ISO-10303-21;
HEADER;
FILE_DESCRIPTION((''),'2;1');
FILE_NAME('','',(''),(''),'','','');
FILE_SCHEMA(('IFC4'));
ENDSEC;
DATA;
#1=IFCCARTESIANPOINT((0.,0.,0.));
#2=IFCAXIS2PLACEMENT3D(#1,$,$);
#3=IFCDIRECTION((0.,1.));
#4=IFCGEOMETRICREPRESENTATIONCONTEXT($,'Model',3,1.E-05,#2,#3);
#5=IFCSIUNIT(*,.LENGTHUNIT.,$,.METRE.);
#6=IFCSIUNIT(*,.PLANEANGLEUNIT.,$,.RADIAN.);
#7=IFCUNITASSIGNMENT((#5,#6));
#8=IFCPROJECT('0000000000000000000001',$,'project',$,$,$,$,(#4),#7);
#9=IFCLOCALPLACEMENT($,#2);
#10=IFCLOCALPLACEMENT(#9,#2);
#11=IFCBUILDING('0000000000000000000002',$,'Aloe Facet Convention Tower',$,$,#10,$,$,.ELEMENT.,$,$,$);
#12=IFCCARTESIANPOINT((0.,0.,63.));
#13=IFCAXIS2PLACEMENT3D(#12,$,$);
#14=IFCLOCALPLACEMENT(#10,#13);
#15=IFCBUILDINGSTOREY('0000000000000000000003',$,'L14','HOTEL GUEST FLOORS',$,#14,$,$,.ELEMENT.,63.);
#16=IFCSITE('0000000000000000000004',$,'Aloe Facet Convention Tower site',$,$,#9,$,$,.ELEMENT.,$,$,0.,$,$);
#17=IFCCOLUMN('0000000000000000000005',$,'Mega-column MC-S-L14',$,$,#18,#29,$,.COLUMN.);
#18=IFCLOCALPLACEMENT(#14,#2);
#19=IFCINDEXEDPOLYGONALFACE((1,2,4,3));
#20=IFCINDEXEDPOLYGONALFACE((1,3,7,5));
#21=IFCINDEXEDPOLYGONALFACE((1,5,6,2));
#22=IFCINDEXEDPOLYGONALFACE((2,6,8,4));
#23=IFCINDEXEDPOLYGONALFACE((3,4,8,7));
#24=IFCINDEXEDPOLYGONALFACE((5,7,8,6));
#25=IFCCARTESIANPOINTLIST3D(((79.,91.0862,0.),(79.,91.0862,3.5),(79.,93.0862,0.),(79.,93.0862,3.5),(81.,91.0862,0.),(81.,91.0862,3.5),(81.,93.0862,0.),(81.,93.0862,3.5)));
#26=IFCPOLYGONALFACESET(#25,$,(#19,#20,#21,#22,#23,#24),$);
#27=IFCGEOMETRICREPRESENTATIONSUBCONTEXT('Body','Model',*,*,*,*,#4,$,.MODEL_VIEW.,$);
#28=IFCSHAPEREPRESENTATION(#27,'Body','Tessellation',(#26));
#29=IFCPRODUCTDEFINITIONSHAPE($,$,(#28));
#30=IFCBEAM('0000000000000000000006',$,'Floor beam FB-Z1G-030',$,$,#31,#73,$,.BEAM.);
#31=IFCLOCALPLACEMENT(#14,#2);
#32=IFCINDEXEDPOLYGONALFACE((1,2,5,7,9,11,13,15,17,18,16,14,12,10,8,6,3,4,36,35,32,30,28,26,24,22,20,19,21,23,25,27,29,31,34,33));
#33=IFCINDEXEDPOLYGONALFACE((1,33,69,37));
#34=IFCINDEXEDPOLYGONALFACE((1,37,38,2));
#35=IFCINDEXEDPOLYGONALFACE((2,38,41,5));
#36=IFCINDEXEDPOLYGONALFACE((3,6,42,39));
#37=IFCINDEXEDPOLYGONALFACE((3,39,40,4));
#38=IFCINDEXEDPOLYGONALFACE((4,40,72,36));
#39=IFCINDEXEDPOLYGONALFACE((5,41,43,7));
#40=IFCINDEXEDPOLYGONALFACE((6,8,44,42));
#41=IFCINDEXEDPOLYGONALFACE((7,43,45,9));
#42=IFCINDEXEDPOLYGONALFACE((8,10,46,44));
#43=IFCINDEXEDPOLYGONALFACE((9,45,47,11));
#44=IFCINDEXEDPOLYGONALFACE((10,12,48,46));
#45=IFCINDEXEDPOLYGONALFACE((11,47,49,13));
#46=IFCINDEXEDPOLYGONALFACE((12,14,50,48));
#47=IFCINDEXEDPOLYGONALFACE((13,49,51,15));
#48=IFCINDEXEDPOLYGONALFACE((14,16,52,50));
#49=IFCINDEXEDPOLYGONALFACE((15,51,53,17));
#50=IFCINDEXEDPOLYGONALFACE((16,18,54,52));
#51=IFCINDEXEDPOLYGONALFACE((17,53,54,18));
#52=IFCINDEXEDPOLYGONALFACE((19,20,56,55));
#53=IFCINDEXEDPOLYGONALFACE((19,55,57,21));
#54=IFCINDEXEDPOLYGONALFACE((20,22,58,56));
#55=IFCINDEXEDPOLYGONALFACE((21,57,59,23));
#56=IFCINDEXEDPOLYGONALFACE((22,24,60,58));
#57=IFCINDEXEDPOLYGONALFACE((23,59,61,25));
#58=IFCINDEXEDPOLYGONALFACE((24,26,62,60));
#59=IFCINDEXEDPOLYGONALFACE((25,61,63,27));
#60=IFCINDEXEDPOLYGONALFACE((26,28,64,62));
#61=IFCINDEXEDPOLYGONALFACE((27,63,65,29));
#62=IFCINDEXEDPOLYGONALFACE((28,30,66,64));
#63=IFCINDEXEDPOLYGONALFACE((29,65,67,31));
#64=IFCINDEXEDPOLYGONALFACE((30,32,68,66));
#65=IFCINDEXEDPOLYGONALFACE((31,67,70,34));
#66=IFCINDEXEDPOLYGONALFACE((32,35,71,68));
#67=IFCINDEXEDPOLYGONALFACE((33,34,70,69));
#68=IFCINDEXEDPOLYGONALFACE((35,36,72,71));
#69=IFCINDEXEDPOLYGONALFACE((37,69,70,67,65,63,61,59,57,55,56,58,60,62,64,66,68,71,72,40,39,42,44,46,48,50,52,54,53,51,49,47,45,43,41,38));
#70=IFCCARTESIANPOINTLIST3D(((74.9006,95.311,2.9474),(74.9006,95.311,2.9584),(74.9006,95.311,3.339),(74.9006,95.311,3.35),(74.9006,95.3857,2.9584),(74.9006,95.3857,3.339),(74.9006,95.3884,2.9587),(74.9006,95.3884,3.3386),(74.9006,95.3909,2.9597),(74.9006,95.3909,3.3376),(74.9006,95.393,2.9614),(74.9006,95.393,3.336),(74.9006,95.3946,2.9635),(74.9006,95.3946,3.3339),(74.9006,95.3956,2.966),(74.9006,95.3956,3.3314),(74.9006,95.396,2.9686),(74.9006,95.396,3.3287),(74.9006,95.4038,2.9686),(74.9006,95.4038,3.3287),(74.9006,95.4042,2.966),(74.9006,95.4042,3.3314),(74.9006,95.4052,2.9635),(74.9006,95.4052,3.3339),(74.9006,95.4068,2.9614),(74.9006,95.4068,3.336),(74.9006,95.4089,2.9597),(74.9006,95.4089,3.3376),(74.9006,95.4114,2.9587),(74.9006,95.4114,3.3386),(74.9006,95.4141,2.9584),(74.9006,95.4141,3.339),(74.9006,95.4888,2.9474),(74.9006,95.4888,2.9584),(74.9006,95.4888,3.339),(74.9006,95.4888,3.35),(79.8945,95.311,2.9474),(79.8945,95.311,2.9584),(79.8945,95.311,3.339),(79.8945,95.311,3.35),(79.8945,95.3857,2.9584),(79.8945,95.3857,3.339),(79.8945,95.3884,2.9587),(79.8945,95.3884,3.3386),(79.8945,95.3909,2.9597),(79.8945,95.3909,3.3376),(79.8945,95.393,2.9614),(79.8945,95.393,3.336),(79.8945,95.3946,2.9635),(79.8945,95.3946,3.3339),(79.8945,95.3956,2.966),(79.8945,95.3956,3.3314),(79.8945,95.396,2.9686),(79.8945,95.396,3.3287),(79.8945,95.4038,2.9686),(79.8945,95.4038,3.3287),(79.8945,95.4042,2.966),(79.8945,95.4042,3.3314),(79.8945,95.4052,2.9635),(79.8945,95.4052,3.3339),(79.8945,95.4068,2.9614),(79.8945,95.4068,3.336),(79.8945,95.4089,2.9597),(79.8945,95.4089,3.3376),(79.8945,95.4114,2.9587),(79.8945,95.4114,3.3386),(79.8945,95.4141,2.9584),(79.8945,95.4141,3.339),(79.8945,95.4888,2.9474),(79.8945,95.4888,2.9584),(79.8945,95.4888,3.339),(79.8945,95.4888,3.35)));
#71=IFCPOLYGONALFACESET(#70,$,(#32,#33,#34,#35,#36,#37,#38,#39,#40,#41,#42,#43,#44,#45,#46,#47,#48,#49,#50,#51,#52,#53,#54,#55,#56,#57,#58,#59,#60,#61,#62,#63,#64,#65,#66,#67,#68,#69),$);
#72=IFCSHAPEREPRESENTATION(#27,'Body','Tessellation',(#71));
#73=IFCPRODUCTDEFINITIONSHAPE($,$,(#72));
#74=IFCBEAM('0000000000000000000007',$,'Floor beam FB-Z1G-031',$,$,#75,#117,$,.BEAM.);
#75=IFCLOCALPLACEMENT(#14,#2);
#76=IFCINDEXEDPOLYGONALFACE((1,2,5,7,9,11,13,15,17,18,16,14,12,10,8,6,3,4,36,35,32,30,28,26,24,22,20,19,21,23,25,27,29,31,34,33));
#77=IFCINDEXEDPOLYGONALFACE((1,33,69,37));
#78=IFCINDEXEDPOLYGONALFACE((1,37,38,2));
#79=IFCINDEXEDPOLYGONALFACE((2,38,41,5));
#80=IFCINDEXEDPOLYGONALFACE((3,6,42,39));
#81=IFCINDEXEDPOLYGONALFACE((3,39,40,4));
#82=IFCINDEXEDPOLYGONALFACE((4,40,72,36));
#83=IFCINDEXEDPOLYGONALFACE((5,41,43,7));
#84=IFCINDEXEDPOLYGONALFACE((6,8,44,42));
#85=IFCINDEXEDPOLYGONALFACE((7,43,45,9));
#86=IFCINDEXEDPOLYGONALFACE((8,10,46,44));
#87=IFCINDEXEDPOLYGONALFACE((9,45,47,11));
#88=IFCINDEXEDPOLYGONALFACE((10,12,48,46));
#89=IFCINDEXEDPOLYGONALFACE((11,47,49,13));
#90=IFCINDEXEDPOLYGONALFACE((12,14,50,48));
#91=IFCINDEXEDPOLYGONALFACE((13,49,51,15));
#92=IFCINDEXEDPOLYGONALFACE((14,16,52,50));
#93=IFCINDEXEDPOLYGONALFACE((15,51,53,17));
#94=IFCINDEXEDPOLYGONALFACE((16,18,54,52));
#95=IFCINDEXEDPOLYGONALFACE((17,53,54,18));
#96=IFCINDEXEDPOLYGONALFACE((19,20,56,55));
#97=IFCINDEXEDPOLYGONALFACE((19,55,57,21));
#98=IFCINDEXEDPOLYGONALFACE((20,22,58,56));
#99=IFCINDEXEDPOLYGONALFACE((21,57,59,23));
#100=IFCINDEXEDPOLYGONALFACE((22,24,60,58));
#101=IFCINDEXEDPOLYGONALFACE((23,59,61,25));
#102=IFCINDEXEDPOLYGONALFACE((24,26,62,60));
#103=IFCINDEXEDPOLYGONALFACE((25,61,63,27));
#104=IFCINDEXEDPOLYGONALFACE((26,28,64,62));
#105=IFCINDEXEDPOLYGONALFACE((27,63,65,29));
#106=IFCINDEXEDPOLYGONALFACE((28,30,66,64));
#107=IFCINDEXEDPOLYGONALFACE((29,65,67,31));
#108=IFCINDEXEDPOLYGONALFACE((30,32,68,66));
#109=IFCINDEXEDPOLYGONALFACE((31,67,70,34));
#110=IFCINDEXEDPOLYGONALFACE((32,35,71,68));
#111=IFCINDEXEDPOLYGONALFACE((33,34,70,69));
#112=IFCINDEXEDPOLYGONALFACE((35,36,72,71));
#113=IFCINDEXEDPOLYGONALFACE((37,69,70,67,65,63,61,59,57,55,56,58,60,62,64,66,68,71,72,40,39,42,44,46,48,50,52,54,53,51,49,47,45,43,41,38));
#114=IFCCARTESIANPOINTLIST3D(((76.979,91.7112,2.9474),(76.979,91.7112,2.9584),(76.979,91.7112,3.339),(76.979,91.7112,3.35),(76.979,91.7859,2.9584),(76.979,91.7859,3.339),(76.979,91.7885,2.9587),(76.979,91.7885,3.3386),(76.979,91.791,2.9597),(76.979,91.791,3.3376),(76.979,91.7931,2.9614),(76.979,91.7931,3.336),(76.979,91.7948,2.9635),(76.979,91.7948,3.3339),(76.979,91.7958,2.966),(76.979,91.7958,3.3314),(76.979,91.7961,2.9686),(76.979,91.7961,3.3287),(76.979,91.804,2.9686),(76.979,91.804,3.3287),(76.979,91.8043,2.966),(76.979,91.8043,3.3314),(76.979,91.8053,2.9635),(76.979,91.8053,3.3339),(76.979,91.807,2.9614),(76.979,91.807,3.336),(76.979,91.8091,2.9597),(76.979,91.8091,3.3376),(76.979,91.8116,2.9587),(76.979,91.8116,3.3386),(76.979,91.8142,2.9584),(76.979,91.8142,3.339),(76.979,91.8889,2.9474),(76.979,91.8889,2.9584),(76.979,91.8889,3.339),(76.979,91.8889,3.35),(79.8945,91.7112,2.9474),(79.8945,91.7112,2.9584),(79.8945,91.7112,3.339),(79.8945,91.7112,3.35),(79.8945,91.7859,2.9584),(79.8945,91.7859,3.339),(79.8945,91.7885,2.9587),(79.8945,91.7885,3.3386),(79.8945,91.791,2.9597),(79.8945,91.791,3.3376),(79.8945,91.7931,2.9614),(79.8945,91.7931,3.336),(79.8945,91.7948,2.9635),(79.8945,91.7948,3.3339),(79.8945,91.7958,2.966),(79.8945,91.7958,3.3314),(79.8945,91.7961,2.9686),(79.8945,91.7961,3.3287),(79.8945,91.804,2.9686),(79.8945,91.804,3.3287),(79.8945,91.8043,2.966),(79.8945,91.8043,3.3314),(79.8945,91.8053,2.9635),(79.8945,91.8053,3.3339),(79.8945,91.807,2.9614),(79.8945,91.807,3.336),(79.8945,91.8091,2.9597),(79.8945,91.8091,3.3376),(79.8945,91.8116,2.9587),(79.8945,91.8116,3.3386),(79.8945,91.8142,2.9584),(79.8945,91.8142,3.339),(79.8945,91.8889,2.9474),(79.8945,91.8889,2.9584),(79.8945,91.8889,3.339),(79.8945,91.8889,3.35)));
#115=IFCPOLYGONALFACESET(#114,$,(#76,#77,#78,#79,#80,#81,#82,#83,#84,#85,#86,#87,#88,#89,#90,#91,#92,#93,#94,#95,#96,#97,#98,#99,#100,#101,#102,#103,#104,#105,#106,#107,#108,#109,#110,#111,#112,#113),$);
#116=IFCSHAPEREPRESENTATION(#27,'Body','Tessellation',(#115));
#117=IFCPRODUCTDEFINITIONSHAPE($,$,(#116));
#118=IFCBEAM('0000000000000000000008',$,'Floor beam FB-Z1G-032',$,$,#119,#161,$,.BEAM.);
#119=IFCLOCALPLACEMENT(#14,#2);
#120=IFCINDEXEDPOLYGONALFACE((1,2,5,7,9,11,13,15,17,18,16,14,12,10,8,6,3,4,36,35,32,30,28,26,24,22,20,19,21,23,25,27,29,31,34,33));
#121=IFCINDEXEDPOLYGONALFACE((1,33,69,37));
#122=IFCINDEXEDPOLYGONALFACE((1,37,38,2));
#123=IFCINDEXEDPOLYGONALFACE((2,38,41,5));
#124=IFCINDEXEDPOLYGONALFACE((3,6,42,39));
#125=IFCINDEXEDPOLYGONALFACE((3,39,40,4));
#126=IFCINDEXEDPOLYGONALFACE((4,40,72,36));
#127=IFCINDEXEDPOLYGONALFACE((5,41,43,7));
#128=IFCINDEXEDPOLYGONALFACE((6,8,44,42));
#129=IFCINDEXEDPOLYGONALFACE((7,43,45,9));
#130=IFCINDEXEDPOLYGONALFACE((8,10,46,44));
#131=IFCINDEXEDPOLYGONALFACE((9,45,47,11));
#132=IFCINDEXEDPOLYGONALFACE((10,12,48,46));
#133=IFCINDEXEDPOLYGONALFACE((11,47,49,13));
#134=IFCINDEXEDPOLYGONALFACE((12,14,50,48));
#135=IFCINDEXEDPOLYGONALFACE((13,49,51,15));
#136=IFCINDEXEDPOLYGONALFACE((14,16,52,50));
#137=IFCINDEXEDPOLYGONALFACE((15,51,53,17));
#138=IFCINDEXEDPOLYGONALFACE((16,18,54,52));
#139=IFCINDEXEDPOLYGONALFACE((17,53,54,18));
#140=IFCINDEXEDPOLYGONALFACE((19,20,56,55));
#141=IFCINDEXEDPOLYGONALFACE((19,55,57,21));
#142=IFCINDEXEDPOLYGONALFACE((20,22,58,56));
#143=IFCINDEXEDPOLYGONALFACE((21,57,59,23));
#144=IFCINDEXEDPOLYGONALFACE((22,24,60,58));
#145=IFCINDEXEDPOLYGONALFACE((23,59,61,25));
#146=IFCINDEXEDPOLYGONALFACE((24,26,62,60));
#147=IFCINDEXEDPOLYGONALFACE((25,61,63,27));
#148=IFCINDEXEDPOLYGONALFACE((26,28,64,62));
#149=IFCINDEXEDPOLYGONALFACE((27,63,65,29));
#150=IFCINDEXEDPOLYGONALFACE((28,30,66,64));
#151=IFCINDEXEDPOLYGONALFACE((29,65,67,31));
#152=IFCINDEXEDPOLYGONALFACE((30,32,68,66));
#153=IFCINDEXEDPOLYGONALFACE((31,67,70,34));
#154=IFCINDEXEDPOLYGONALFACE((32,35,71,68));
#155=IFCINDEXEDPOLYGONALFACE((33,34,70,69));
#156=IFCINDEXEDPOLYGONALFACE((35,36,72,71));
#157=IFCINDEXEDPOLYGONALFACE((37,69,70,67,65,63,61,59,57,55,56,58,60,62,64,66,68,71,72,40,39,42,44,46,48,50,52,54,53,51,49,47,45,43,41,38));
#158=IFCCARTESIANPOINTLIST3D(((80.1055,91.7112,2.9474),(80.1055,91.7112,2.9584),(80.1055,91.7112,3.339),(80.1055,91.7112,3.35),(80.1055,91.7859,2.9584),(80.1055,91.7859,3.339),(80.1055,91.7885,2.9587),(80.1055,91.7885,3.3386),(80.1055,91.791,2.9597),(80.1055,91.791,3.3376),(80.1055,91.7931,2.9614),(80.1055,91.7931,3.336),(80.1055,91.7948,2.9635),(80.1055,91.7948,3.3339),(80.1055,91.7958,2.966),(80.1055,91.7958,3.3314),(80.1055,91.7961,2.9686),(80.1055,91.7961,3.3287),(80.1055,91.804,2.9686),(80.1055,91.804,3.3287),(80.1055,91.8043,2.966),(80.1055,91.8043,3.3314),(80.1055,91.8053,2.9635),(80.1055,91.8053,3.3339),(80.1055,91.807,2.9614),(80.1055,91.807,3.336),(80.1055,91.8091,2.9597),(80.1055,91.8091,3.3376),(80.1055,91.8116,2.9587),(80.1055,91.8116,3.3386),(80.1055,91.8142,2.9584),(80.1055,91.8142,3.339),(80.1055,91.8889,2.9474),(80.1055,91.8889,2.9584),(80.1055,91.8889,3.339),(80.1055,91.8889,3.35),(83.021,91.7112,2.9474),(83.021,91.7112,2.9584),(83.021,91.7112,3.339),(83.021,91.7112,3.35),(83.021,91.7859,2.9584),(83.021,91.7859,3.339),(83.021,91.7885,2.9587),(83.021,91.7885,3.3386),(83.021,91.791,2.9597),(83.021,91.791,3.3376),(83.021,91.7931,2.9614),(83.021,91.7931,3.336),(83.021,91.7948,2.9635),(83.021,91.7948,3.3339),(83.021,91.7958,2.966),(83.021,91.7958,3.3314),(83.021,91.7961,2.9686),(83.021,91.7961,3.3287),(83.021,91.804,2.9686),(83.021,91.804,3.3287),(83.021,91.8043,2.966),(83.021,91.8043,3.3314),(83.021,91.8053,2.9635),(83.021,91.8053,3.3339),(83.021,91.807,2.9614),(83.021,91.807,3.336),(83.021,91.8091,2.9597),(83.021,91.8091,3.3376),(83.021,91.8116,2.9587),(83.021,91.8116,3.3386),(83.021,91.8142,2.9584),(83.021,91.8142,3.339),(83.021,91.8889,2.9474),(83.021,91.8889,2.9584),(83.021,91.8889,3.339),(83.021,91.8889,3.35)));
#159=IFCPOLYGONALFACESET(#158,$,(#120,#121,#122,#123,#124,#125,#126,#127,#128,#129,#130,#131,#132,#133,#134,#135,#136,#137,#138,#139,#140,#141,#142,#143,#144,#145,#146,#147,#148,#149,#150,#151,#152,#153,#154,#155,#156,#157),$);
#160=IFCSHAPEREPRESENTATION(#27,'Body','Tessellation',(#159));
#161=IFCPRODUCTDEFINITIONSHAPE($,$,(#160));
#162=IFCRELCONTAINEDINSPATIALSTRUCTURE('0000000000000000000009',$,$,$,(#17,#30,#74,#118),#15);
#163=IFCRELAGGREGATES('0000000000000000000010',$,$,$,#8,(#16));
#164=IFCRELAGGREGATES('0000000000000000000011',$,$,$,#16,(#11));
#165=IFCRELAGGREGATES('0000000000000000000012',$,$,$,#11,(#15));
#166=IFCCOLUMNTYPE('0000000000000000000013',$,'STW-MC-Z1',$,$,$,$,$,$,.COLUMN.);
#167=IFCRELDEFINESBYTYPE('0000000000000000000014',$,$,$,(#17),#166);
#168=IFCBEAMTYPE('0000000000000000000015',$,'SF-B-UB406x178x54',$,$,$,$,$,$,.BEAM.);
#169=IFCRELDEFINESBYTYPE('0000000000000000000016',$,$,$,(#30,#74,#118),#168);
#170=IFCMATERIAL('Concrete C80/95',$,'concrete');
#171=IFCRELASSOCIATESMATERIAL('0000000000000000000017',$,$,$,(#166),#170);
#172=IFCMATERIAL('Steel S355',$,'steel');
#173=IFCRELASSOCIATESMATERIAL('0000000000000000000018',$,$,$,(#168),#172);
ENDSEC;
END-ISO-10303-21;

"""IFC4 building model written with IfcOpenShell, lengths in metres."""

from ifc_helpers import new_model, si_unit, direction, frame, origin, origin_2d, place, context, subcontext, project, spatial, rectangle, i_section, extrude, material, material_profile, profile_set, type_object, element, save


model = new_model("IFC4")

# Units and contexts
model_context = context("Model", 3, precision=1e-05, world=origin(), true_north=direction((0.0, 1.0)))
body_context = subcontext(model_context, "Body", "Model", "MODEL_VIEW")
ifc_project = project(units=[si_unit("LENGTHUNIT", "METRE"), si_unit("PLANEANGLEUNIT", "RADIAN")], contexts=[model_context])

# Site, building, storey
site_placement = place(None, origin())
site = spatial("IfcSite", under=ifc_project, at=site_placement, Name="Aloe Facet Convention Tower site", CompositionType="ELEMENT", RefElevation=0.0)
building_placement = place(site_placement, origin())
building = spatial("IfcBuilding", under=site, at=building_placement, Name="Aloe Facet Convention Tower", CompositionType="ELEMENT")
storey_placement = place(building_placement, frame((0.0, 0.0, 63.0)))
storey = spatial("IfcBuildingStorey", under=building, at=storey_placement, Name="L14", Description="HOTEL GUEST FLOORS", CompositionType="ELEMENT", Elevation=63.0)

# Column
ifc_material_1 = material(Name="Concrete C80/95", Category="concrete")
ifc_material_profile_1 = material_profile(ifc_material_1, rectangle(XDim=2.0, YDim=2.0, at=origin_2d()), Name="STW-MC-Z1")
ifc_profile_set_1 = profile_set([ifc_material_profile_1], Name="Concrete C80/95")
column_type = type_object("IfcColumnType", Name="STW-MC-Z1", PredefinedType="COLUMN", material=ifc_profile_set_1)
column_placement = place(storey_placement, frame((80.0, 92.0862, 0.0), z_axis=(0.0, 0.0, 1.0), x_axis=(1.0, 0.0, 0.0)))
element("IfcColumn", 1, at=column_placement, inside=storey, type_object=column_type, Name="Mega-column MC-S-L14", PredefinedType="COLUMN", context=body_context, shape_type="SweptSolid", body=[
    extrude(rectangle(XDim=2.0, YDim=2.0, at=origin_2d()), origin(), (0.0, 0.0, 1.0), 3.5),
])

# Beams
ifc_material_2 = material(Name="Steel S355", Category="steel")
ifc_material_profile_2 = material_profile(ifc_material_2, i_section(OverallWidth=0.1777, OverallDepth=0.4026, WebThickness=0.0078, FlangeThickness=0.011, FilletRadius=0.0103, at=origin_2d()), Name="UB 406x178x54")
ifc_profile_set_2 = profile_set([ifc_material_profile_2], Name="Steel S355")
beam_type_1 = type_object("IfcBeamType", Name="SF-B-UB406x178x54", PredefinedType="BEAM", material=ifc_profile_set_2)
beam_1_placement = place(storey_placement, frame((74.9006, 95.3999, 3.1487), z_axis=(1.0, 0.0, 0.0), x_axis=(0.0, 1.0, 0.0)))
element("IfcBeam", 2, at=beam_1_placement, inside=storey, type_object=beam_type_1, Name="Floor beam FB-Z1G-030", PredefinedType="BEAM", context=body_context, shape_type="SweptSolid", body=[
    extrude(i_section(OverallWidth=0.1777, OverallDepth=0.4026, WebThickness=0.0078, FlangeThickness=0.011, FilletRadius=0.0103, at=origin_2d()), origin(), (0.0, 0.0, 1.0), 4.9939),
])
for number, where, z_axis, x_axis, name in (
    (3, (76.979, 91.8, 3.1487), (1.0, 0.0, 0.0), (0.0, 1.0, 0.0), "Floor beam FB-Z1G-031"),
    (4, (80.1055, 91.8, 3.1487), (1.0, 0.0, 0.0), (0.0, 1.0, 0.0), "Floor beam FB-Z1G-032"),
):
    element("IfcBeam", number, at=place(storey_placement, frame(where, z_axis=z_axis, x_axis=x_axis)), inside=storey, type_object=beam_type_1, Name=name, PredefinedType="BEAM", context=body_context, shape_type="SweptSolid", body=[
        extrude(i_section(OverallWidth=0.1777, OverallDepth=0.4026, WebThickness=0.0078, FlangeThickness=0.011, FilletRadius=0.0103, at=origin_2d()), origin(), (0.0, 0.0, 1.0), 2.9155),
    ])

save(model, "model.ifc")
